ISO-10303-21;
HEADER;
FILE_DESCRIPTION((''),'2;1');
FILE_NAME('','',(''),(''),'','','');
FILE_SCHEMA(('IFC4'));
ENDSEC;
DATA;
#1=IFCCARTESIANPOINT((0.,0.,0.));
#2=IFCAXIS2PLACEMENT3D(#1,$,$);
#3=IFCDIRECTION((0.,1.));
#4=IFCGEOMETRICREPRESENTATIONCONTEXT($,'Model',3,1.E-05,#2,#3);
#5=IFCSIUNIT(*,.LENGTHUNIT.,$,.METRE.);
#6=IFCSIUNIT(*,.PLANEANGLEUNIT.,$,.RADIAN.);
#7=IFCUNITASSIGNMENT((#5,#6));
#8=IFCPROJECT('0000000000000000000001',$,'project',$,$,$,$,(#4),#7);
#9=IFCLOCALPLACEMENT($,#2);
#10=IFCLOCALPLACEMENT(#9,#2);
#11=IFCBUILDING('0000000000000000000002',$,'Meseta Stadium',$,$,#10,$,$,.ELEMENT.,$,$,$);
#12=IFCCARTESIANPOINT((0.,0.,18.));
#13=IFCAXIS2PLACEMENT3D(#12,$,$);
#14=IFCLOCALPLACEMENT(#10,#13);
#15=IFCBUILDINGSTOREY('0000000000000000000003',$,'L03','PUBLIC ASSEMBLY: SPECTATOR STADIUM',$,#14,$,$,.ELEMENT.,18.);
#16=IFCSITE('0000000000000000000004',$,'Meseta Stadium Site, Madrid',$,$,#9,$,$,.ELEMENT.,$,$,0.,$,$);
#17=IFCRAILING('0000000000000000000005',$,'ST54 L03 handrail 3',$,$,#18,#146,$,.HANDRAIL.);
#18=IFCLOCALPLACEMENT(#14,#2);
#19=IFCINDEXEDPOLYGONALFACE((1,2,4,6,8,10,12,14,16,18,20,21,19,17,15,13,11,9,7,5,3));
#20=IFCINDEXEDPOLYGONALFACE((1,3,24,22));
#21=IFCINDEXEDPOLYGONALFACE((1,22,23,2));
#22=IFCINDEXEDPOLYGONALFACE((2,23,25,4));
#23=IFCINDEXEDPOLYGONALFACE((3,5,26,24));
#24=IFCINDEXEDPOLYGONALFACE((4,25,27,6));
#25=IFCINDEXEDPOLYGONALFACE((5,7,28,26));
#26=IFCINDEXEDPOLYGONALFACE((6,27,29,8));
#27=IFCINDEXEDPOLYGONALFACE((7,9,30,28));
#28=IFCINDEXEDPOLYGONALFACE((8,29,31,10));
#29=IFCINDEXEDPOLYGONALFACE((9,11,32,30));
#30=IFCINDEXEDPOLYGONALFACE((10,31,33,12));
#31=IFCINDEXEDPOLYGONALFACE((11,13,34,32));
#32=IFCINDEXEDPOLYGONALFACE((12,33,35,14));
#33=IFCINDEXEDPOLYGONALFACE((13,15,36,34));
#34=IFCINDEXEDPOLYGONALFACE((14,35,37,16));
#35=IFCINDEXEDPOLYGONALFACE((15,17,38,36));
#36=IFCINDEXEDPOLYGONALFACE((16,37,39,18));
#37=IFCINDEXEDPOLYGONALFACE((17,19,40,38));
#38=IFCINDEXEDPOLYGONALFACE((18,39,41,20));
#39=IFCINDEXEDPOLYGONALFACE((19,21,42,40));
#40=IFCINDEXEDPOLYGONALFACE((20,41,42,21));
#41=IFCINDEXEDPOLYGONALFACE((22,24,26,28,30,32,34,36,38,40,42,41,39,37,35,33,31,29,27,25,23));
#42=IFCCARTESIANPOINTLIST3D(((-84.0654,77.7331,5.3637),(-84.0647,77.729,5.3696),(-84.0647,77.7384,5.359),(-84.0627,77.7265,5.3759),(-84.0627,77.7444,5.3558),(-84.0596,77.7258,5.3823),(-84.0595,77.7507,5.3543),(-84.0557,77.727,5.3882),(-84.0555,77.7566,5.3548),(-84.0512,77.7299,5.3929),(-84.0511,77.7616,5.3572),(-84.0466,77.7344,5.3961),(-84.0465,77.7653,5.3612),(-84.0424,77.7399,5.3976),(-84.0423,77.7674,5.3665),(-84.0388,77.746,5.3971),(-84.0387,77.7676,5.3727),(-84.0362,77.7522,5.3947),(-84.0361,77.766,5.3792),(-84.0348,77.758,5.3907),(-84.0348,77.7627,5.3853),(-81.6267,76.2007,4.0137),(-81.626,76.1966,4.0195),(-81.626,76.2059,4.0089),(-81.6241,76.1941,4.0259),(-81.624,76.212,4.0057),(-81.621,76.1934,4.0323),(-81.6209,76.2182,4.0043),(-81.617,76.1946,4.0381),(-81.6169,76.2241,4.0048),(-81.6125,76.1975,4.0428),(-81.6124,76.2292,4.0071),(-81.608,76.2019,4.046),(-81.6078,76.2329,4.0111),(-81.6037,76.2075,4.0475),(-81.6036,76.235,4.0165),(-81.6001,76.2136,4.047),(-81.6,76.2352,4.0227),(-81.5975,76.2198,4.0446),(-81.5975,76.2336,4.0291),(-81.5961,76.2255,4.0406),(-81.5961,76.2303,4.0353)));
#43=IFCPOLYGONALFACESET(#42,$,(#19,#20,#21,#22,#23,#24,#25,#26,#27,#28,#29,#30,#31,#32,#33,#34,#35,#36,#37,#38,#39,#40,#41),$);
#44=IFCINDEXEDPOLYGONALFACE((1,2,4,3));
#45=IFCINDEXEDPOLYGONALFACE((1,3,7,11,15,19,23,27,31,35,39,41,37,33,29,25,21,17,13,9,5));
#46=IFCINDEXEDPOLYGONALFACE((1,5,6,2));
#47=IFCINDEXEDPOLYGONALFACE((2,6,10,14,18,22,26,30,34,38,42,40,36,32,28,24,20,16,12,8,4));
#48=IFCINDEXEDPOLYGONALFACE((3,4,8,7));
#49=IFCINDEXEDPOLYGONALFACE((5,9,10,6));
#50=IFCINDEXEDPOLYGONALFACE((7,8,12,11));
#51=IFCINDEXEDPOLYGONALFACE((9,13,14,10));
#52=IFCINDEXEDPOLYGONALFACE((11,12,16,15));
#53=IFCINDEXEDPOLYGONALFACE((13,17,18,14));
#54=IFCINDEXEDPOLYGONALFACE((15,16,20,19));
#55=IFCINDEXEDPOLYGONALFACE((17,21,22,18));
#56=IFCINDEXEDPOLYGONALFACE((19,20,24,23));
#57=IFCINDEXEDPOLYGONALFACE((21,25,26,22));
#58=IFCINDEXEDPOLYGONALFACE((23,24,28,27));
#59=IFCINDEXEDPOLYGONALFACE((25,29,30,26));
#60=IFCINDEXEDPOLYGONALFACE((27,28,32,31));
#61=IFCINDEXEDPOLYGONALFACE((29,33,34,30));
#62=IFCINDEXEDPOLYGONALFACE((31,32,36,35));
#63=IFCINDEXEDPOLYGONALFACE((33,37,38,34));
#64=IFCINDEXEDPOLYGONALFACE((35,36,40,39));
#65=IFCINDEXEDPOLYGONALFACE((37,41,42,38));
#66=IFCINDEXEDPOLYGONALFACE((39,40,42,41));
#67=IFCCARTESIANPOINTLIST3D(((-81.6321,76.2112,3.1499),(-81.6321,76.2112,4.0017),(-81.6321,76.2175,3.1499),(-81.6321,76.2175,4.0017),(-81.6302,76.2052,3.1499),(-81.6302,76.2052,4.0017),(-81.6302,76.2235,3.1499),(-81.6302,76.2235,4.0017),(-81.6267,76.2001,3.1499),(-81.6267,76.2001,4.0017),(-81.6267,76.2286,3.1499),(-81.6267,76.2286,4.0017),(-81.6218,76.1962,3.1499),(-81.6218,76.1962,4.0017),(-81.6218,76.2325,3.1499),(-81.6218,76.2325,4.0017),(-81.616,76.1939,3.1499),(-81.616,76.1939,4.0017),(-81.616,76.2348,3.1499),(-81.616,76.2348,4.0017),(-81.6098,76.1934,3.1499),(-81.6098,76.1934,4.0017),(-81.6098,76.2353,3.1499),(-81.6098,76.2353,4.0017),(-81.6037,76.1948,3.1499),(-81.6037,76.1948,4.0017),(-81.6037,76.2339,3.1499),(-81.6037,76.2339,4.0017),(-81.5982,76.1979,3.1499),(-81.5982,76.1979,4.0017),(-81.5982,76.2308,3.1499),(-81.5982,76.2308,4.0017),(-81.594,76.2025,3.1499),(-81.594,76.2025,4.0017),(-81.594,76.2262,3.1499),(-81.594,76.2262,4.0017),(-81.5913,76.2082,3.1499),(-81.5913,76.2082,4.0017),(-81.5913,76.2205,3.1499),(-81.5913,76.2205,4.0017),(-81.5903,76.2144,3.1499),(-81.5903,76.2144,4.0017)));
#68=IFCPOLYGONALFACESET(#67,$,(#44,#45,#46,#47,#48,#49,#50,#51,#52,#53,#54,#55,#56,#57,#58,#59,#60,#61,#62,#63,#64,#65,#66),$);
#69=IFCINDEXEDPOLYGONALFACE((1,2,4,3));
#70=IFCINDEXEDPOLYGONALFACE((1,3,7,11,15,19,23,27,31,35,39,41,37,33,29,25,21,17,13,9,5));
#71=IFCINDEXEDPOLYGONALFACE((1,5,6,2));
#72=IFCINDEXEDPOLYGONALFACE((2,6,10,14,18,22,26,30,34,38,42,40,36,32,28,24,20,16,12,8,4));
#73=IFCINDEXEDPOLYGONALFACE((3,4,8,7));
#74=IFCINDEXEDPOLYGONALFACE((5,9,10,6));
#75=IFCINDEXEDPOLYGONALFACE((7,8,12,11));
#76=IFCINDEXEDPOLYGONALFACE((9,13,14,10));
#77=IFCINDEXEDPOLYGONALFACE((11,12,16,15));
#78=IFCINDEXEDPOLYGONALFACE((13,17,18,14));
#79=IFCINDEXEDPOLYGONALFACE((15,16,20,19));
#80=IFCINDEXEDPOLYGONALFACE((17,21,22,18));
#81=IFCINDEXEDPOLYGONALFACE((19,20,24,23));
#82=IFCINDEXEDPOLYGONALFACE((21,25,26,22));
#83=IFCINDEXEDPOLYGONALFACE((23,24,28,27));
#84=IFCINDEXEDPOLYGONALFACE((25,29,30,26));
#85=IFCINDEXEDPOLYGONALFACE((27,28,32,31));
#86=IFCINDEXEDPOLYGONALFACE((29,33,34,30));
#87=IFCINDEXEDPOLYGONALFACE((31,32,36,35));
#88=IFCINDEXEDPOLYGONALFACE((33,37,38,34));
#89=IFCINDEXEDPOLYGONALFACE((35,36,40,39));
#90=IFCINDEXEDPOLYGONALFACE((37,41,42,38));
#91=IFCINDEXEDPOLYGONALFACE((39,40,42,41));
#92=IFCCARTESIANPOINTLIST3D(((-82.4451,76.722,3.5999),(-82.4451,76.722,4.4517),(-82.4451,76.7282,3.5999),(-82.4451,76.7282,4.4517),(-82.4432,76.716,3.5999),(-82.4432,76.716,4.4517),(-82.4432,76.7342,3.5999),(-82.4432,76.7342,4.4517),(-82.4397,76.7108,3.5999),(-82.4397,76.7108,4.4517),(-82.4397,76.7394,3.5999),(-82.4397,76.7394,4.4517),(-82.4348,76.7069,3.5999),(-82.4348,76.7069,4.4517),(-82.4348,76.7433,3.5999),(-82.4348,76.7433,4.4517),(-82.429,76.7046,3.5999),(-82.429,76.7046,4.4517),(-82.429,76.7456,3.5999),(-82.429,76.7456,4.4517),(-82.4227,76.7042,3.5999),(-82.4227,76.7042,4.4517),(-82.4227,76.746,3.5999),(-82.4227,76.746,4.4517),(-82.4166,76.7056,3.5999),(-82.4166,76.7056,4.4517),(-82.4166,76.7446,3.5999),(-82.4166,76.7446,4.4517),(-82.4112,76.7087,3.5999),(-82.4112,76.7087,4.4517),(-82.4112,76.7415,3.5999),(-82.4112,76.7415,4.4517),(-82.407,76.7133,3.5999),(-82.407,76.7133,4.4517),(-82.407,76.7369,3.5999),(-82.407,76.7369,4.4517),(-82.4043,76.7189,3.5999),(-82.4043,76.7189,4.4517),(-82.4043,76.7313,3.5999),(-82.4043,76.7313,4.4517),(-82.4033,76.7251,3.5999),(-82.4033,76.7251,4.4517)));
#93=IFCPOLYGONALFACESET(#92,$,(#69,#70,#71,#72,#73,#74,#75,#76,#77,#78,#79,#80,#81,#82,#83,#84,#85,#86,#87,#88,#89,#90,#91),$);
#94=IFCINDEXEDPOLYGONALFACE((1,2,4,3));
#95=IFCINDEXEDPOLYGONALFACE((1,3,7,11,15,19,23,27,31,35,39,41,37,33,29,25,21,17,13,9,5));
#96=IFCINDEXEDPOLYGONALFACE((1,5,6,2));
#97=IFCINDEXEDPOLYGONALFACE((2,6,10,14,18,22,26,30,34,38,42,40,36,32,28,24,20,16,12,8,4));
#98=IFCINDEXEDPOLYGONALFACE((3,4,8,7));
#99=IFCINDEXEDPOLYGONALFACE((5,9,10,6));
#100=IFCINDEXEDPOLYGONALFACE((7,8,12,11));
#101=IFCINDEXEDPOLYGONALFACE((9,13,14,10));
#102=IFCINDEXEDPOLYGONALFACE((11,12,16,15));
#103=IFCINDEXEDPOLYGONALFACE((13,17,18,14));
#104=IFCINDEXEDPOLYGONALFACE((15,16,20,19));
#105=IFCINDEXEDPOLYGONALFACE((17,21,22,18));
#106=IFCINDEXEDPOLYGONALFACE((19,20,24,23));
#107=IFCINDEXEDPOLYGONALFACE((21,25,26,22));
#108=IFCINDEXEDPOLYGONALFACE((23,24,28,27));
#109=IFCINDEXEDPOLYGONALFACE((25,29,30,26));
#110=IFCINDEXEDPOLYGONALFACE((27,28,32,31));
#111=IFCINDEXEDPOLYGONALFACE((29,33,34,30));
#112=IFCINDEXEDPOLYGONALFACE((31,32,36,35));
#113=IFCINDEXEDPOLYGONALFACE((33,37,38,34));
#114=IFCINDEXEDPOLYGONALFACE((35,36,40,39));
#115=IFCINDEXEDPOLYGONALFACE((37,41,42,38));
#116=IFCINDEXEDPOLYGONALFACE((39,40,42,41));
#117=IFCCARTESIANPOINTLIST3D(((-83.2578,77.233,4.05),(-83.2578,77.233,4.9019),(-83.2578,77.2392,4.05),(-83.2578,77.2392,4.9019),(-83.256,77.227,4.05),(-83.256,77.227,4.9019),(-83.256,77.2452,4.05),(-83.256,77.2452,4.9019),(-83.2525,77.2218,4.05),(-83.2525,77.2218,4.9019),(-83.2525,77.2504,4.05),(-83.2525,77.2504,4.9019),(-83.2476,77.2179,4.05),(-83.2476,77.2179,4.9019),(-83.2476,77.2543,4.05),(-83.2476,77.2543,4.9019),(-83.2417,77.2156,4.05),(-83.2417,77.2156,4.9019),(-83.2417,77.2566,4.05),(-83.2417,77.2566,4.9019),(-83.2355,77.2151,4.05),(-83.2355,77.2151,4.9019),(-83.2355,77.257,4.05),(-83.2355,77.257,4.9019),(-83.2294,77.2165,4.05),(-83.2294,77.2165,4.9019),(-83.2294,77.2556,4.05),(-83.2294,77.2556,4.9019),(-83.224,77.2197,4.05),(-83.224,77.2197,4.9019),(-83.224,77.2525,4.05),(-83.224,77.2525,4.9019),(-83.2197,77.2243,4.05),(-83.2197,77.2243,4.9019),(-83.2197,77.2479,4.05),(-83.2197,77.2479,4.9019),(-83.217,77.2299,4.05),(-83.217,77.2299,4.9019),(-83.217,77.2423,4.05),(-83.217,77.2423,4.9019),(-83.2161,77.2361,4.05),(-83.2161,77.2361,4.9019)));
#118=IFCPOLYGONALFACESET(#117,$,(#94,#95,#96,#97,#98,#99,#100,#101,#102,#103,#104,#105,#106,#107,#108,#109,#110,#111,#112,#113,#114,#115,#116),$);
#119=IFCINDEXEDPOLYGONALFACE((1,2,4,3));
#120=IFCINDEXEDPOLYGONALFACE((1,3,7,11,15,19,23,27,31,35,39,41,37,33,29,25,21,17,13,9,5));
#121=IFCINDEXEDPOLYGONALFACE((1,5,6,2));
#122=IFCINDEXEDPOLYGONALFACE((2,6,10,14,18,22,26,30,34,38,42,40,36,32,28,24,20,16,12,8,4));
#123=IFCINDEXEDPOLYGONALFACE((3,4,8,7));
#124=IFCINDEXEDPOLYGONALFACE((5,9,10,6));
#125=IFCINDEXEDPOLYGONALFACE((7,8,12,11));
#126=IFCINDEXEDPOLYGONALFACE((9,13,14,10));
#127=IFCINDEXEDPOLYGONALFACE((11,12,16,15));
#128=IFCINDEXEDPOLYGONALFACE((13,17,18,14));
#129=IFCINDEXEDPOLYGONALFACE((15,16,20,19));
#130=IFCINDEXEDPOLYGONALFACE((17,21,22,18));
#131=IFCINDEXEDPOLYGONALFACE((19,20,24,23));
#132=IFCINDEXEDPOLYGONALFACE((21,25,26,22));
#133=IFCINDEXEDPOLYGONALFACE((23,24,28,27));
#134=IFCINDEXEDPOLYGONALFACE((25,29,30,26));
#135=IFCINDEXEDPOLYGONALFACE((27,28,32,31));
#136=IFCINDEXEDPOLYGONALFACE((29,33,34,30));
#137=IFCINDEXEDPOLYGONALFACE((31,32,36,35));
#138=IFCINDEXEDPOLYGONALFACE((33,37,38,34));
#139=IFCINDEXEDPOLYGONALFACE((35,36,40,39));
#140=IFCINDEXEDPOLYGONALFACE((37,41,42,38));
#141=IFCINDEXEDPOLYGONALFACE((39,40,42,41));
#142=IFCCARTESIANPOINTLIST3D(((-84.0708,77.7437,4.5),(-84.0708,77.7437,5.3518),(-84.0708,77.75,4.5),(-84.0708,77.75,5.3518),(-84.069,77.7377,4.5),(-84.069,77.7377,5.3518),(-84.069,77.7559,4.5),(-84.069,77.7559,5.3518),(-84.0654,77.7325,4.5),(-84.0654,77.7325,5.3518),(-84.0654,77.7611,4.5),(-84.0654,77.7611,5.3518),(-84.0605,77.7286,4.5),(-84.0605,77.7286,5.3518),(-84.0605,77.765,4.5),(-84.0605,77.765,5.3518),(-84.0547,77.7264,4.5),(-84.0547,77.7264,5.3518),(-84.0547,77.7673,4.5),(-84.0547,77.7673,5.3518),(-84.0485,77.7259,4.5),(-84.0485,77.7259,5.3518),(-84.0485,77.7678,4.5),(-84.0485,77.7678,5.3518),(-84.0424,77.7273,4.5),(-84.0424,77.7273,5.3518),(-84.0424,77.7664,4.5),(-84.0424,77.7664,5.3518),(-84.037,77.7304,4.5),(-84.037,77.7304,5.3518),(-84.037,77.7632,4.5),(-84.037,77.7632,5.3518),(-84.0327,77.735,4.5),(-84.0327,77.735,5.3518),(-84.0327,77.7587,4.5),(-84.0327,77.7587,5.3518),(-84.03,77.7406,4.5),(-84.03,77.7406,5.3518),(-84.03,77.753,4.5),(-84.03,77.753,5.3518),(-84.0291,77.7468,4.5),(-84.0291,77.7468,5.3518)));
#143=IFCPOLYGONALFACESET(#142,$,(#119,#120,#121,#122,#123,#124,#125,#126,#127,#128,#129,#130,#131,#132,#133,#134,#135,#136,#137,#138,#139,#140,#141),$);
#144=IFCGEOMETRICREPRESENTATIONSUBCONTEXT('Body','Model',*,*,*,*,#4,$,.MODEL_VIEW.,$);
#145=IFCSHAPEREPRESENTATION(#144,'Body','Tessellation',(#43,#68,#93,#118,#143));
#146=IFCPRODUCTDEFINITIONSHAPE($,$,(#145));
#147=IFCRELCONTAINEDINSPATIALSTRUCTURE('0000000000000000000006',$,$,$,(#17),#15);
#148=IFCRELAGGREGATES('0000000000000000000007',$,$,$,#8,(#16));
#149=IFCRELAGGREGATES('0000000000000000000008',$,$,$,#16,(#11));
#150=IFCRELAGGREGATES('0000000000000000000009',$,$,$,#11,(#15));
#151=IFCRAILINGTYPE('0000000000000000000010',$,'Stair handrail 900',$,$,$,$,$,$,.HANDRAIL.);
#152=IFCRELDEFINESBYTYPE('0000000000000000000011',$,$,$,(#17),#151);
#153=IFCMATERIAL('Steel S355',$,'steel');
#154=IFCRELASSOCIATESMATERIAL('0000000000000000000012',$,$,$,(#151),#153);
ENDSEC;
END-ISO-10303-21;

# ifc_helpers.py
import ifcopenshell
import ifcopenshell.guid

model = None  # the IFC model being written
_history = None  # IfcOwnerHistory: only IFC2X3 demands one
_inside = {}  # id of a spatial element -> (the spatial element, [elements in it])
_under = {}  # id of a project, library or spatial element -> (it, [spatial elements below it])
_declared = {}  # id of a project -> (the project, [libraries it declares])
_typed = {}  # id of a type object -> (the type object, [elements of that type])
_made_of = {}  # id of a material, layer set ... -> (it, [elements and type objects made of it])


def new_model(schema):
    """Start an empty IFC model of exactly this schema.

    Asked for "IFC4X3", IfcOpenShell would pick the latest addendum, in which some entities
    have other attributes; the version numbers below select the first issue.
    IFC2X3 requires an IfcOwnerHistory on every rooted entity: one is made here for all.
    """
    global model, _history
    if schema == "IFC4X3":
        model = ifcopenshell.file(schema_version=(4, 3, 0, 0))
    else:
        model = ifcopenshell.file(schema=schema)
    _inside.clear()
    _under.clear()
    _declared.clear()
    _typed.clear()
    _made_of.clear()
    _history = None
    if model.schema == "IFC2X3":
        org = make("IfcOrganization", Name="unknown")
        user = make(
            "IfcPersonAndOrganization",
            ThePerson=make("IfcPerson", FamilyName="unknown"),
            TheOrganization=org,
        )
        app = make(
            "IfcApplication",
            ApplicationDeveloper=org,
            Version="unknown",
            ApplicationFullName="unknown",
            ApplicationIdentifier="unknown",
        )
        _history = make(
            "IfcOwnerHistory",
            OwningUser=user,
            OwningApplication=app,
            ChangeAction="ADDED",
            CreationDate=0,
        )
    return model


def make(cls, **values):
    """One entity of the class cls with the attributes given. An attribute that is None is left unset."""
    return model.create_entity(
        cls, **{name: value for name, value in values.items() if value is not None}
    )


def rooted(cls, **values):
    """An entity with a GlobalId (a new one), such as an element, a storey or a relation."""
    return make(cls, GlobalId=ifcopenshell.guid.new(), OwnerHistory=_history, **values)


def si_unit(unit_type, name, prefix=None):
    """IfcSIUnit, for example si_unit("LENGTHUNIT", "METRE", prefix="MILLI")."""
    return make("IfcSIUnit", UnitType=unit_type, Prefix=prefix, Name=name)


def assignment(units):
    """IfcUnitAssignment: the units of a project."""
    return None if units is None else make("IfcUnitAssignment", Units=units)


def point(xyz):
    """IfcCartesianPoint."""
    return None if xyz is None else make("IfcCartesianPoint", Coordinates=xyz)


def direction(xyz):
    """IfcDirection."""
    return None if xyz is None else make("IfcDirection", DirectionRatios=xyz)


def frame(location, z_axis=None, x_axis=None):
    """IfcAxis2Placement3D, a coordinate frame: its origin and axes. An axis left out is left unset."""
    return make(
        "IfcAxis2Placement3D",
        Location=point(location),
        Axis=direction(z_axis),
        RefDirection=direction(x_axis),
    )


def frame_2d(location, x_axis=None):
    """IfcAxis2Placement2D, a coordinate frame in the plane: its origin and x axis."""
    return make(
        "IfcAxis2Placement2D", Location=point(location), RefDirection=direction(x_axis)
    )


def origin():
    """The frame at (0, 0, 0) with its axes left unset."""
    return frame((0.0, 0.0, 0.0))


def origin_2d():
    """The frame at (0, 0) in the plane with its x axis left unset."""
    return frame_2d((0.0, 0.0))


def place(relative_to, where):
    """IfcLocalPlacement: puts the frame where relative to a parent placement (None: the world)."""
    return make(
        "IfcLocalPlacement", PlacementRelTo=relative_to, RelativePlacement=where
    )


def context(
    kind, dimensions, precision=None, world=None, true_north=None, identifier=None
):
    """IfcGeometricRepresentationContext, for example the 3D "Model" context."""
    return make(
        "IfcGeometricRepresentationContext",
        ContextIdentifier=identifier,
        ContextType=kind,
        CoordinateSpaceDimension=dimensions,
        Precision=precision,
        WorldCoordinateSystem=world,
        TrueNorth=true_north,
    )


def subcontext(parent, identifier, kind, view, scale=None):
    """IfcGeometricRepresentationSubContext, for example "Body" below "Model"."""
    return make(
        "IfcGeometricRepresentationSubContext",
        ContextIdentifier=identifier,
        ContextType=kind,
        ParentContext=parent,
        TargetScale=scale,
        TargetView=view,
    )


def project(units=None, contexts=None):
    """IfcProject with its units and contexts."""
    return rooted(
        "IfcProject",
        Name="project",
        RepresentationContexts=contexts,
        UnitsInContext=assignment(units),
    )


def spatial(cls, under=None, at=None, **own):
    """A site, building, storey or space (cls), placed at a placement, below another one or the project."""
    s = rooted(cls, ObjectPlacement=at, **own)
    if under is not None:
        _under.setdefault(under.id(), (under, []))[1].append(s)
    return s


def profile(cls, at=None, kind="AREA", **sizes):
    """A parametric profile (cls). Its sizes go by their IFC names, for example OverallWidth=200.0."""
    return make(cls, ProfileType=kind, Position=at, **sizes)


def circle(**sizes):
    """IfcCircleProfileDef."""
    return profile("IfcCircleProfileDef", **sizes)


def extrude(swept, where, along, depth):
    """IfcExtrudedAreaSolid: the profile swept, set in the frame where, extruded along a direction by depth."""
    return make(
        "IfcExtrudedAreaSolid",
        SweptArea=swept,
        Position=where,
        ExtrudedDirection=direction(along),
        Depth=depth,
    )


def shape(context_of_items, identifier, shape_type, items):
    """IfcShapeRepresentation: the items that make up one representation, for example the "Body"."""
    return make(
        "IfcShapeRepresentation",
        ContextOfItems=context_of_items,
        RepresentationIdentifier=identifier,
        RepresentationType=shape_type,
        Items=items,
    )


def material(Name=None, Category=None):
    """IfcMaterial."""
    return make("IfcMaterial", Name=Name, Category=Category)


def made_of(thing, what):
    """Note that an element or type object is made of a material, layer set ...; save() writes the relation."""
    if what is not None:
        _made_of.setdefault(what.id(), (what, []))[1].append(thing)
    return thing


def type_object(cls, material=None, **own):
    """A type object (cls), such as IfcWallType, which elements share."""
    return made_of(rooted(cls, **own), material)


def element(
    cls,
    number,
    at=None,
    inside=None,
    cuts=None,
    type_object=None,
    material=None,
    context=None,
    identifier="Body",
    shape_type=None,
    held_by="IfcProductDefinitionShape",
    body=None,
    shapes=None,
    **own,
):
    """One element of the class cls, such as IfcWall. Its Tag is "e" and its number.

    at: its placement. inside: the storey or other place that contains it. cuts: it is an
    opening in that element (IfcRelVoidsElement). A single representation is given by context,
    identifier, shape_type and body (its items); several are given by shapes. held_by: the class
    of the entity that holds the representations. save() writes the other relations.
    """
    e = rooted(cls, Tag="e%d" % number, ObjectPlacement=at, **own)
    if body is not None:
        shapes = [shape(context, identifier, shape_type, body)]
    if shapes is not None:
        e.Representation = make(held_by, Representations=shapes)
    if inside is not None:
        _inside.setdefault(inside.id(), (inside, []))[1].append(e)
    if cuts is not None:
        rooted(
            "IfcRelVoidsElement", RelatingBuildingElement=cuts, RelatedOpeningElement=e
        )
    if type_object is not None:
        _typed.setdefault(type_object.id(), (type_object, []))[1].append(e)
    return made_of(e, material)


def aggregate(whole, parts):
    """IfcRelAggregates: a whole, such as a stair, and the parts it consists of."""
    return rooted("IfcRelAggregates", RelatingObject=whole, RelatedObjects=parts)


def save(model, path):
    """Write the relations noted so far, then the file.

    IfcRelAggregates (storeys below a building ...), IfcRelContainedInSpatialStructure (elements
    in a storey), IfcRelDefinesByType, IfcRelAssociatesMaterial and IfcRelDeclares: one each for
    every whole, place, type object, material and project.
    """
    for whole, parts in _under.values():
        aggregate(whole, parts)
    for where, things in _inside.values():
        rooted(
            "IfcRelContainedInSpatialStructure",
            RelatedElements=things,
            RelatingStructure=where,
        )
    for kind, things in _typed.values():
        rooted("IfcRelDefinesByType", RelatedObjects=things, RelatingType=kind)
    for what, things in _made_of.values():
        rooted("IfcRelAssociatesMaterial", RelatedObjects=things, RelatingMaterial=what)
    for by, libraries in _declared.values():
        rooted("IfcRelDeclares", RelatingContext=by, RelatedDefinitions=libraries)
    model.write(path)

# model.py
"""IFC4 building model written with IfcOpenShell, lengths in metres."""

from ifc_helpers import new_model, si_unit, direction, frame, origin, origin_2d, place, context, subcontext, project, spatial, circle, extrude, material, type_object, element, save


model = new_model("IFC4")

# Units and contexts
model_context = context("Model", 3, precision=1e-05, world=origin(), true_north=direction((0.0, 1.0)))
body_context = subcontext(model_context, "Body", "Model", "MODEL_VIEW")
ifc_project = project(units=[si_unit("LENGTHUNIT", "METRE"), si_unit("PLANEANGLEUNIT", "RADIAN")], contexts=[model_context])

# Site, building, storey
site_placement = place(None, origin())
site = spatial("IfcSite", under=ifc_project, at=site_placement, Name="Meseta Stadium Site, Madrid", CompositionType="ELEMENT", RefElevation=0.0)
building_placement = place(site_placement, origin())
building = spatial("IfcBuilding", under=site, at=building_placement, Name="Meseta Stadium", CompositionType="ELEMENT")
storey_placement = place(building_placement, frame((0.0, 0.0, 18.0)))
storey = spatial("IfcBuildingStorey", under=building, at=storey_placement, Name="L03", Description="PUBLIC ASSEMBLY: SPECTATOR STADIUM", CompositionType="ELEMENT", Elevation=18.0)

# Railing
ifc_material_1 = material(Name="Steel S355", Category="steel")
railing_type_1 = type_object("IfcRailingType", Name="Stair handrail 900", PredefinedType="HANDRAIL", material=ifc_material_1)
for number, where, name in (
    (1, (-81.6113, 76.2144, 3.1499), "ST54 L03 handrail 3"),
):
    element("IfcRailing", number, at=place(storey_placement, frame(where)), inside=storey, type_object=railing_type_1, Name=name, PredefinedType="HANDRAIL", context=body_context, shape_type="SweptSolid", body=[
        extrude(circle(Radius=0.0239, at=origin_2d()), frame((0.0, 0.0, 0.876), z_axis=(-0.766659, 0.481762, 0.424429), x_axis=(-0.532062, -0.846705, 0.0)), (0.0, 0.0, 1.0), 3.1809),
        extrude(circle(Radius=0.021, at=origin_2d()), origin(), (0.0, 0.0, 1.0), 0.8518),
        extrude(circle(Radius=0.021, at=origin_2d()), frame((-0.813, 0.5107, 0.45)), (0.0, 0.0, 1.0), 0.8518),
        extrude(circle(Radius=0.021, at=origin_2d()), frame((-1.6257, 1.0217, 0.9001)), (0.0, 0.0, 1.0), 0.8518),
        extrude(circle(Radius=0.021, at=origin_2d()), frame((-2.4387, 1.5325, 1.3501)), (0.0, 0.0, 1.0), 0.8518),
    ])

save(model, "model.ifc")
